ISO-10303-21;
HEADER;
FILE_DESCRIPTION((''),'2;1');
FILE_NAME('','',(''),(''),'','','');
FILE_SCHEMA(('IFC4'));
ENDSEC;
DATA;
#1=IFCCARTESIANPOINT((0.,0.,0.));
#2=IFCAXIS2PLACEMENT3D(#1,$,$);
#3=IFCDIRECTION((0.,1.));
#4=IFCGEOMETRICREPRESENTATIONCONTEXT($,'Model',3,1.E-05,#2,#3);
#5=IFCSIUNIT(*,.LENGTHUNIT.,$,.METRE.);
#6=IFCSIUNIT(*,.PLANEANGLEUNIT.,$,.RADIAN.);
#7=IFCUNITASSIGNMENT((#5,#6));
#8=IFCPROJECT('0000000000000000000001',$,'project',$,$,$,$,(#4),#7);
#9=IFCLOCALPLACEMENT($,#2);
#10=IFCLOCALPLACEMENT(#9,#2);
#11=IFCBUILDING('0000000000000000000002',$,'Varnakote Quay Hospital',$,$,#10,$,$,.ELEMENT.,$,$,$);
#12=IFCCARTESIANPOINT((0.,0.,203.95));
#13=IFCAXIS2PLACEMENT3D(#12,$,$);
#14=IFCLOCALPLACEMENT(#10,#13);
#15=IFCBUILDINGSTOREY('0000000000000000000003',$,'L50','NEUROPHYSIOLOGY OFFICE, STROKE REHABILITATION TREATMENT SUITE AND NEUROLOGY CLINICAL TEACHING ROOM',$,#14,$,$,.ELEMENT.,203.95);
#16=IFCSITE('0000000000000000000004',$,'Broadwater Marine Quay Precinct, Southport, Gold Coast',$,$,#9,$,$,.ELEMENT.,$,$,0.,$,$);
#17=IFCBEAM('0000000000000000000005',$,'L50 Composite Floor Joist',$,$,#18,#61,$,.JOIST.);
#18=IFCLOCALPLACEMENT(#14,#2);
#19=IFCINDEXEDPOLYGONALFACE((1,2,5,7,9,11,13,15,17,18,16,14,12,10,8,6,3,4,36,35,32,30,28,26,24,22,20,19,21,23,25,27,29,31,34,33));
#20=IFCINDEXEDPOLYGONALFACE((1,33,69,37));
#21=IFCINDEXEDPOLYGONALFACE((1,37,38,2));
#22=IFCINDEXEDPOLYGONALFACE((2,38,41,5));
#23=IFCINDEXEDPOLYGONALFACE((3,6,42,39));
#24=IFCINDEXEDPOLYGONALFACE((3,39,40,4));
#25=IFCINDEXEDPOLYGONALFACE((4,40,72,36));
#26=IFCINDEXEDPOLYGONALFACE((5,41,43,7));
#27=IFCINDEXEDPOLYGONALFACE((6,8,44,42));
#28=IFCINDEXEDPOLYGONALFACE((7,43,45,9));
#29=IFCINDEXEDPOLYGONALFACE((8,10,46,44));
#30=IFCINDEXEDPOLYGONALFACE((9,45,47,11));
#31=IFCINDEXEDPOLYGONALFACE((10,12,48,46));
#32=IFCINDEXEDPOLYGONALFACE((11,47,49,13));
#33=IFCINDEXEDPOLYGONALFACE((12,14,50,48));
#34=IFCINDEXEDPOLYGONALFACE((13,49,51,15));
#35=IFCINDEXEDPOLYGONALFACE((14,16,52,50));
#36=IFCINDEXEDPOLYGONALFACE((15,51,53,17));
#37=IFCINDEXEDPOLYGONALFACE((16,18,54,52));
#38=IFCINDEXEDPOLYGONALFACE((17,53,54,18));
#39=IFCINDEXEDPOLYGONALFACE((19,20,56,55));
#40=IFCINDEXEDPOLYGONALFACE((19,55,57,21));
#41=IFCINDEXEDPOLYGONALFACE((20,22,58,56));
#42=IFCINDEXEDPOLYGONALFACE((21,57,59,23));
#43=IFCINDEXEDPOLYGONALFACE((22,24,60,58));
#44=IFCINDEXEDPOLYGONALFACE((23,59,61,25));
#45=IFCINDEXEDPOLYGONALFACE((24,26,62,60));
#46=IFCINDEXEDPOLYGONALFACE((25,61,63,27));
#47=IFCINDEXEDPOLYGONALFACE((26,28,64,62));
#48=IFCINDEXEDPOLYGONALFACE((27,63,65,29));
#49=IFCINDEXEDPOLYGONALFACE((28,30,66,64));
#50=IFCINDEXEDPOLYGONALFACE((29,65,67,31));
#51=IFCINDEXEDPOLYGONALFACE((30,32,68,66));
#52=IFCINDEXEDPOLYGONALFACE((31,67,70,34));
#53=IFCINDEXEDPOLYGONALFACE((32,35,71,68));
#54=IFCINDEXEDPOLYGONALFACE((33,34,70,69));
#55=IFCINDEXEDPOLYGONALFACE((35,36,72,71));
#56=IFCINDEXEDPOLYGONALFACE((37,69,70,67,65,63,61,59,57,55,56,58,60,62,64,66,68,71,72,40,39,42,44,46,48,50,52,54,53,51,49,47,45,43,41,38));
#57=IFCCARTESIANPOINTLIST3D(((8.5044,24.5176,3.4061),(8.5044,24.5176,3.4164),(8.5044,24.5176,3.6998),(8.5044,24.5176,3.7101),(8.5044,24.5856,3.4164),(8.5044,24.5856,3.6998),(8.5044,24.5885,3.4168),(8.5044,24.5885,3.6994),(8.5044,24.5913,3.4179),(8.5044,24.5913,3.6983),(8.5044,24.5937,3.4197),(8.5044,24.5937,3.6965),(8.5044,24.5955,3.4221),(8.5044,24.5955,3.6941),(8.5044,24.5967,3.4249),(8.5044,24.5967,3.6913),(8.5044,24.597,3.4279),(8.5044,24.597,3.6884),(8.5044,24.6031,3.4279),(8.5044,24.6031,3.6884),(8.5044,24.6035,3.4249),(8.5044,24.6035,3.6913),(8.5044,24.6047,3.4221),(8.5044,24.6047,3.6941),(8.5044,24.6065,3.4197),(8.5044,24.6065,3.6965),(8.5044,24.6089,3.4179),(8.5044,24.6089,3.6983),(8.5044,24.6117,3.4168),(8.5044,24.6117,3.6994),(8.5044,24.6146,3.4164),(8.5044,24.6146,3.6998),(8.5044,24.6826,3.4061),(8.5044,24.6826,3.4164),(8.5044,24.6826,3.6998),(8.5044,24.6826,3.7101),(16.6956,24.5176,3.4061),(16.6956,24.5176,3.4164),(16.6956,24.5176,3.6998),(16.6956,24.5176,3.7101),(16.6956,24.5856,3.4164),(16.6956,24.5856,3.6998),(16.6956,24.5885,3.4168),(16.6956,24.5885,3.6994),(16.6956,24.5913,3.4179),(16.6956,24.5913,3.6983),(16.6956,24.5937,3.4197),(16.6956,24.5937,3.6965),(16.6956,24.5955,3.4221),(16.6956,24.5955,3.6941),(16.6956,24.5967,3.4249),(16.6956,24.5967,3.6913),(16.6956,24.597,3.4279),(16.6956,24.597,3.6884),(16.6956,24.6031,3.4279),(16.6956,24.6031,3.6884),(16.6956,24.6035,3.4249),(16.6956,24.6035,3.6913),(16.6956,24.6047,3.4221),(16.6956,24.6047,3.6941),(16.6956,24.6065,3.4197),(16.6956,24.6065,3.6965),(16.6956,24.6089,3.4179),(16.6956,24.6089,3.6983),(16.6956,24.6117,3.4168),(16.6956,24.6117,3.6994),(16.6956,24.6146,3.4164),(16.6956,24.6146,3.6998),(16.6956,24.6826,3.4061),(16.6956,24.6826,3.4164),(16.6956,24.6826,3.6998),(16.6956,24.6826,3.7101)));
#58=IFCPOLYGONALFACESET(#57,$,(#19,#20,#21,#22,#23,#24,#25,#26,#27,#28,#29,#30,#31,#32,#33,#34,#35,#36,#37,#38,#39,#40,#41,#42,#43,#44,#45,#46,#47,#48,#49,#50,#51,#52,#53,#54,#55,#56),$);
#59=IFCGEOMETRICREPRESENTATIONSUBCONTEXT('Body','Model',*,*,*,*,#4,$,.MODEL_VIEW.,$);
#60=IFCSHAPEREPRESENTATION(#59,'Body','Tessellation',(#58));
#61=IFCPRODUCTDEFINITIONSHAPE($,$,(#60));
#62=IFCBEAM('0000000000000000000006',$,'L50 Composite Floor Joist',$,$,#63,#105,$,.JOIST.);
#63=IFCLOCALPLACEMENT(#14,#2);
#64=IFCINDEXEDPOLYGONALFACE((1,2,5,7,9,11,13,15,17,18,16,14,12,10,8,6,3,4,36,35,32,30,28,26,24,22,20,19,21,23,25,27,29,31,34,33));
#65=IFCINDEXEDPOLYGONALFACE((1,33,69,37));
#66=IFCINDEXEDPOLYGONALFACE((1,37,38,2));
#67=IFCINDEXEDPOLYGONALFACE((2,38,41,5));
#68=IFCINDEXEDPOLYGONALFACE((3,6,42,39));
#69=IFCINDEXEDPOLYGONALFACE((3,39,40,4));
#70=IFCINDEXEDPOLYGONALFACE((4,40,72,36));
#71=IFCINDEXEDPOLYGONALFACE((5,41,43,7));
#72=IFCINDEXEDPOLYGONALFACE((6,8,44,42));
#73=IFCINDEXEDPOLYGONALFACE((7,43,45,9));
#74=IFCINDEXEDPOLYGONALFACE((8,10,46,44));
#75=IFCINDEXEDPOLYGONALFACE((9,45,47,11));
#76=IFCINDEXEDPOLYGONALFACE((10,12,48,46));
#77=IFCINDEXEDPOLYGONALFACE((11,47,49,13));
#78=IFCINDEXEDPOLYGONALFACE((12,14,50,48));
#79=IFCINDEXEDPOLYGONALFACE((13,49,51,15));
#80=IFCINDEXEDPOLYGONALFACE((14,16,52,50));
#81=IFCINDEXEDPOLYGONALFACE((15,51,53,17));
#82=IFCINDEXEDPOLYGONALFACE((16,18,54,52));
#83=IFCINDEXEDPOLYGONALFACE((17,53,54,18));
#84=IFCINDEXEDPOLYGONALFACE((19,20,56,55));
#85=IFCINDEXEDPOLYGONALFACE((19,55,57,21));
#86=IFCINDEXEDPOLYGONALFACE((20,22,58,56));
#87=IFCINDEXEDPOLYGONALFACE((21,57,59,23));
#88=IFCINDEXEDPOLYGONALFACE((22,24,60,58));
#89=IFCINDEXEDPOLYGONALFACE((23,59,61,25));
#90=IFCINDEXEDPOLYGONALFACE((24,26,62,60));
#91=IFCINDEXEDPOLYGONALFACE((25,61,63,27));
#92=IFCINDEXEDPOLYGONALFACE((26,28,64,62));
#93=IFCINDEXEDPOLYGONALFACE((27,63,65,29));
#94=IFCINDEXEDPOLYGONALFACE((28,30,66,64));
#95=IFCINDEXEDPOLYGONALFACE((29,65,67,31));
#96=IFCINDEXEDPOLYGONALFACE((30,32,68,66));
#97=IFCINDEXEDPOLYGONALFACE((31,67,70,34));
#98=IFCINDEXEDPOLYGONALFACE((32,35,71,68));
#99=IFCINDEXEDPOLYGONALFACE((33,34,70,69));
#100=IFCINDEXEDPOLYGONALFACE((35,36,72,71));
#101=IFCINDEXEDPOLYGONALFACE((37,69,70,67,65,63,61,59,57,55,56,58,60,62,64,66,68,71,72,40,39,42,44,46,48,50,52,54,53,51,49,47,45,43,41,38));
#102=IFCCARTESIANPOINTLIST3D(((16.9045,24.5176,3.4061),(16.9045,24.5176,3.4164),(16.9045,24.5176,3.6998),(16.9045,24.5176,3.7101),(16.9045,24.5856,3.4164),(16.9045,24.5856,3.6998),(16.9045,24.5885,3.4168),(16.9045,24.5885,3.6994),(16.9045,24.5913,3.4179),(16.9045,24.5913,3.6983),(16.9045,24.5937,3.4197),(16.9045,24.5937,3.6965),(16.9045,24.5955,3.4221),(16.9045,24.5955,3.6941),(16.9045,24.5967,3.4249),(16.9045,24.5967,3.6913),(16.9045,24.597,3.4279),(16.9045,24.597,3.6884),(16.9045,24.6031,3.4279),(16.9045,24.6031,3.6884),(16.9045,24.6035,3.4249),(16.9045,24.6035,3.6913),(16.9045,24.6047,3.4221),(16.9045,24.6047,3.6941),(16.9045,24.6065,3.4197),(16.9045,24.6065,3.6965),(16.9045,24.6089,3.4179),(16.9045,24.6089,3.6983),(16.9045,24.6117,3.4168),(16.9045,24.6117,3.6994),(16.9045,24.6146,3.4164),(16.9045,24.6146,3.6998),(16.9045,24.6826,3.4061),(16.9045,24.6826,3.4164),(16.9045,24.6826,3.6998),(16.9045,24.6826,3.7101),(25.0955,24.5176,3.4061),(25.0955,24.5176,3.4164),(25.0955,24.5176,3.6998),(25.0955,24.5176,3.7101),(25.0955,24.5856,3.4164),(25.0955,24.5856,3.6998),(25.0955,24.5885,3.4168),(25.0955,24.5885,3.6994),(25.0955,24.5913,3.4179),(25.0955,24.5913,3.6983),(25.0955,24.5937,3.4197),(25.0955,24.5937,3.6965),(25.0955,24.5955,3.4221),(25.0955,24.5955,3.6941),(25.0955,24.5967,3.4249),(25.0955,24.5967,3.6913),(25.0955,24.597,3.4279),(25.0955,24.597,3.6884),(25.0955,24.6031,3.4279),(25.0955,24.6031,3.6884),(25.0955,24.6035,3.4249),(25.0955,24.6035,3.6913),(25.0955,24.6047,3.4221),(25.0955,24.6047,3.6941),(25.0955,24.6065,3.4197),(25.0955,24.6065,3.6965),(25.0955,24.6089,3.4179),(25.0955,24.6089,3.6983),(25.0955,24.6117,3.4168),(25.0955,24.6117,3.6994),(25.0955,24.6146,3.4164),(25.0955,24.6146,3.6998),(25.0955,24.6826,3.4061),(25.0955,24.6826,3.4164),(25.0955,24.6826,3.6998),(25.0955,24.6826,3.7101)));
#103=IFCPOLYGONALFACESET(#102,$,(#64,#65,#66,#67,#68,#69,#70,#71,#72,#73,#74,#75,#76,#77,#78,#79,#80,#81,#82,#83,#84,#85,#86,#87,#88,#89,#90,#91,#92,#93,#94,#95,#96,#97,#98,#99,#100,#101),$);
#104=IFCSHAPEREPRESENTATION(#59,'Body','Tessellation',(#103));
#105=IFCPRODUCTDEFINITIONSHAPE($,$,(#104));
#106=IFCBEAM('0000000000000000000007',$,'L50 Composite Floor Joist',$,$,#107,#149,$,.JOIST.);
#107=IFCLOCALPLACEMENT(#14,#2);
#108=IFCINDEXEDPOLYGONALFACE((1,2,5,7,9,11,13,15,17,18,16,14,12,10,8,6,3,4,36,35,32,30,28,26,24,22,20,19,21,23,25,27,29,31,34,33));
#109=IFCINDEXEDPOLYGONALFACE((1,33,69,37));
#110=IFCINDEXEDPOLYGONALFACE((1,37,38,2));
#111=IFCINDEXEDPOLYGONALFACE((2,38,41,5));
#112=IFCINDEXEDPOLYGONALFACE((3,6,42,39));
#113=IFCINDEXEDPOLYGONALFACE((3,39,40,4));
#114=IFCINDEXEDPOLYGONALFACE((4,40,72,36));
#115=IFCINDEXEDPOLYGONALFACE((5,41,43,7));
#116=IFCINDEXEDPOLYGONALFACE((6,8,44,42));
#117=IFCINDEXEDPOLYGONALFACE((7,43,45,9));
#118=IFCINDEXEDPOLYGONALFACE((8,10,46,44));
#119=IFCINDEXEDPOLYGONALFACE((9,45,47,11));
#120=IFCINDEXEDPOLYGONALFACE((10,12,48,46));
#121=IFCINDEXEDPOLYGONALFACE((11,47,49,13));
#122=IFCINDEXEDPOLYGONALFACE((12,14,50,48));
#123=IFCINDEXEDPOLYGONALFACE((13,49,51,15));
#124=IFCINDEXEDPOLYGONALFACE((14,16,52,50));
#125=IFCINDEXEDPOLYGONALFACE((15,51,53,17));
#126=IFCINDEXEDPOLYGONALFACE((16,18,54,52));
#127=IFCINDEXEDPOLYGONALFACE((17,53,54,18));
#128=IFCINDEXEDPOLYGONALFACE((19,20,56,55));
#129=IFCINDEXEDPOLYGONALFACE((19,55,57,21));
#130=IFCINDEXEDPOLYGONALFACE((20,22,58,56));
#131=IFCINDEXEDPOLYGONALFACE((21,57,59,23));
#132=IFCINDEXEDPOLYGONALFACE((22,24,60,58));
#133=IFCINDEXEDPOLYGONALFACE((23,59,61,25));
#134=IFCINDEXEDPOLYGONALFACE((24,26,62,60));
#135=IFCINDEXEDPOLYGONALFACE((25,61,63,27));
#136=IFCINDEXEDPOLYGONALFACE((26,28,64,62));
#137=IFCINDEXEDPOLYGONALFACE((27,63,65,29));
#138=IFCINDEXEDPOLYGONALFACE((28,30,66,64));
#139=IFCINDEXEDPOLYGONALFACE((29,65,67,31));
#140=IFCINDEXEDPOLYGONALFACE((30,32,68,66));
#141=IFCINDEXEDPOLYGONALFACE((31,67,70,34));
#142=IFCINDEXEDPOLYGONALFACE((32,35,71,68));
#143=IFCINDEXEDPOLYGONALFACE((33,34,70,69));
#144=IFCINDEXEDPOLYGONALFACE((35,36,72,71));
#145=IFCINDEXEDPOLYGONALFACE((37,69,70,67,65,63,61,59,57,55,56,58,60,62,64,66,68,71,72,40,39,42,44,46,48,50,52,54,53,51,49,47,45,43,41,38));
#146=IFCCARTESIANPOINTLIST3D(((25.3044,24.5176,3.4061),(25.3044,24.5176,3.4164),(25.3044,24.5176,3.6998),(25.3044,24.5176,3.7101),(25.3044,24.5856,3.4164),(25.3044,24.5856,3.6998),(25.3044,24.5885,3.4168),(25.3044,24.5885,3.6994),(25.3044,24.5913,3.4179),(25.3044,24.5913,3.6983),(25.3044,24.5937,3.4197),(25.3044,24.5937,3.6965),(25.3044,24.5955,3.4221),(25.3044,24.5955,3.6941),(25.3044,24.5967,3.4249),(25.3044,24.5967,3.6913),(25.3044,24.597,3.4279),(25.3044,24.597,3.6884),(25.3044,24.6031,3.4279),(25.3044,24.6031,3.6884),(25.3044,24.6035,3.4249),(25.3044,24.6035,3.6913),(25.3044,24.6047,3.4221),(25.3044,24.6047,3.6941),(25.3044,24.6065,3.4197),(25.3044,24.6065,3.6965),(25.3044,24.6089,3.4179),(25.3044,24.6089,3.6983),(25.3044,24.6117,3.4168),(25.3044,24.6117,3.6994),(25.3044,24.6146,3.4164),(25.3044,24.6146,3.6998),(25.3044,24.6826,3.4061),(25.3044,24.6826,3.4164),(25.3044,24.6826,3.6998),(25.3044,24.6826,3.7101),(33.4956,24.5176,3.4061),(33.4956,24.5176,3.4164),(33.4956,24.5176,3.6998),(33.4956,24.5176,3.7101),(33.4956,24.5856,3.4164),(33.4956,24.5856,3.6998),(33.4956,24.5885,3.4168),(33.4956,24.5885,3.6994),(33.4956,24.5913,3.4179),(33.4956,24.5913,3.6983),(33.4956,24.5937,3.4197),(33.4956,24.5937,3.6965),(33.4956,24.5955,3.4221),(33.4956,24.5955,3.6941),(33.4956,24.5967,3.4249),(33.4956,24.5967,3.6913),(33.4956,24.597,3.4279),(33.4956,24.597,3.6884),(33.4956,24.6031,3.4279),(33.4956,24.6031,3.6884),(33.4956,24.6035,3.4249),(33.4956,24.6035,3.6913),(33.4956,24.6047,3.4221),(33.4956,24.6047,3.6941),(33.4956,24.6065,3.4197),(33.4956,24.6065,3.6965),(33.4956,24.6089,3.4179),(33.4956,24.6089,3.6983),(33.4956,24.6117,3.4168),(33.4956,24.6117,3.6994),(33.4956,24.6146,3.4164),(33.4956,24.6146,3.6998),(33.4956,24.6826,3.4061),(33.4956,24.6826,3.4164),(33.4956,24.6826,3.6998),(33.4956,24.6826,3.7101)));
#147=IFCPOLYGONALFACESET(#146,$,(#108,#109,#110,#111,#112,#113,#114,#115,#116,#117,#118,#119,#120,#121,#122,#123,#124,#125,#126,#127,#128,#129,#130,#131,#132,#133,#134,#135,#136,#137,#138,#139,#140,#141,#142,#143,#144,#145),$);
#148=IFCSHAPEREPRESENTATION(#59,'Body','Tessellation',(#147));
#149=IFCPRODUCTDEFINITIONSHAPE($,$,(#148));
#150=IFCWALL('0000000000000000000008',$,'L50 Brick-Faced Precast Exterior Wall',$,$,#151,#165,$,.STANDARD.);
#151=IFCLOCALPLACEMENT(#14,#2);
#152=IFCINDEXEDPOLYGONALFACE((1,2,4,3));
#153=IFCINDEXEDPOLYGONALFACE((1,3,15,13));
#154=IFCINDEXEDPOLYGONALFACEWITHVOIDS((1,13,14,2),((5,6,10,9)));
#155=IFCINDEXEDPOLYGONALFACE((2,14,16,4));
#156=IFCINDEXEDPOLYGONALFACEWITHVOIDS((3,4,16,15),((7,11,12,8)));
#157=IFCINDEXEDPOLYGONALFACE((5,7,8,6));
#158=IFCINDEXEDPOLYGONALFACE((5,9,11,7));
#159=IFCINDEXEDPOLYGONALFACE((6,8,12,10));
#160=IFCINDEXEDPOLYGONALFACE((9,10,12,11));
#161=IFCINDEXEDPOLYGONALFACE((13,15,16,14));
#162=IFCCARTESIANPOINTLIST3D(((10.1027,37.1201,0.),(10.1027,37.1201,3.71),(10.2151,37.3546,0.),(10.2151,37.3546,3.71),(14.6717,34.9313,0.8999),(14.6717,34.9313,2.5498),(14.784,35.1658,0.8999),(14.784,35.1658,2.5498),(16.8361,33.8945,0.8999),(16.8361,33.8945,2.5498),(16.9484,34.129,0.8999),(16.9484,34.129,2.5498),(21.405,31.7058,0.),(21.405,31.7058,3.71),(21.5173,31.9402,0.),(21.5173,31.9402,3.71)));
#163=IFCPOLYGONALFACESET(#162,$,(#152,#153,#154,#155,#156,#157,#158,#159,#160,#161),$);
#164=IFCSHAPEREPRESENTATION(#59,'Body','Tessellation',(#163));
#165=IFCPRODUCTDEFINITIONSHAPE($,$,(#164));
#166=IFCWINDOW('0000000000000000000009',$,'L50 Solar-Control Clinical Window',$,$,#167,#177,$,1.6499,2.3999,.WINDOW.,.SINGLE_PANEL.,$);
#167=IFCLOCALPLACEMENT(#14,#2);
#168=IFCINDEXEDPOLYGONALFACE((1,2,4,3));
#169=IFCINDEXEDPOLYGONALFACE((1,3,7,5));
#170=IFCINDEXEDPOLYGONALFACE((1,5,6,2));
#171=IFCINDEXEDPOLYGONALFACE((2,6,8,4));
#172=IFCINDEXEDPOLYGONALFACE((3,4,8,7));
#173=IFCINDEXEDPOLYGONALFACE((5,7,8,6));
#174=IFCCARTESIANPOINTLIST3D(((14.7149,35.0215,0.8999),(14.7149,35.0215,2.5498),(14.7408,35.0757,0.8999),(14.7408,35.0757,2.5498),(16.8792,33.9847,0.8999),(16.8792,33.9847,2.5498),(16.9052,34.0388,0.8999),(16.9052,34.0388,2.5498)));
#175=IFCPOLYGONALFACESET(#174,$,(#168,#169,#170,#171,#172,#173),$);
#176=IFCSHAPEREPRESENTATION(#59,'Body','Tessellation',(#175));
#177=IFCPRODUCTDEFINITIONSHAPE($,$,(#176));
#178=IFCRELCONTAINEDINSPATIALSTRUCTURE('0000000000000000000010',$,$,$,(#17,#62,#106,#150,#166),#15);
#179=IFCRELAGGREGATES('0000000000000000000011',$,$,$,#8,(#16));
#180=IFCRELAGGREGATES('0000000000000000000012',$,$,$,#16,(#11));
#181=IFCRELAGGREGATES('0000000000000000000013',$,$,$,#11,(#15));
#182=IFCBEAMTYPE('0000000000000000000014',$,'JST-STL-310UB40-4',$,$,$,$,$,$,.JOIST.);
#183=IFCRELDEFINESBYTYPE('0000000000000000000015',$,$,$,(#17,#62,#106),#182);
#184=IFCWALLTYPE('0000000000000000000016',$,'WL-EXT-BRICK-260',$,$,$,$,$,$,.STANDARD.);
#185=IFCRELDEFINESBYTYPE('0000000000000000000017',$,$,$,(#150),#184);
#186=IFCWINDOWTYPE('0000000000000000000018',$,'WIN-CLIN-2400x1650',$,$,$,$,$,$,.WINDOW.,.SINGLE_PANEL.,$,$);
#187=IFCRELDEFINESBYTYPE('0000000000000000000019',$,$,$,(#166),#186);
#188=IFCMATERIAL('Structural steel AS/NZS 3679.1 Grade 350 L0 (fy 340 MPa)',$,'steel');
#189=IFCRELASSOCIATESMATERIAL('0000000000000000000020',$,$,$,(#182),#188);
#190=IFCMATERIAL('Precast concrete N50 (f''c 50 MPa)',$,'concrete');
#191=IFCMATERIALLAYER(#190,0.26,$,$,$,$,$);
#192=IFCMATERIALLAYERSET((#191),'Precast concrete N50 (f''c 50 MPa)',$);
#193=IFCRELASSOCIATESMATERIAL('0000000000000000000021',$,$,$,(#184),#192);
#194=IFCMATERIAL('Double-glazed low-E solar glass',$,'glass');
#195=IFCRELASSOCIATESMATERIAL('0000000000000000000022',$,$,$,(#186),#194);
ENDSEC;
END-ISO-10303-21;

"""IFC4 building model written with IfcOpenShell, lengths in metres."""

from ifc_helpers import new_model, si_unit, direction, frame, frame_2d, origin, origin_2d, place, context, subcontext, project, spatial, rectangle, i_section, extrude, material, layer, layer_set, material_profile, profile_set, type_object, element, fill, save


model = new_model("IFC4")

# Units and contexts
model_context = context("Model", 3, precision=1e-05, world=origin(), true_north=direction((0.0, 1.0)))
body_context = subcontext(model_context, "Body", "Model", "MODEL_VIEW")
ifc_project = project(units=[si_unit("LENGTHUNIT", "METRE"), si_unit("PLANEANGLEUNIT", "RADIAN")], contexts=[model_context])

# Site, building, storey
site_placement = place(None, origin())
site = spatial("IfcSite", under=ifc_project, at=site_placement, Name="Broadwater Marine Quay Precinct, Southport, Gold Coast", CompositionType="ELEMENT", RefElevation=0.0)
building_placement = place(site_placement, origin())
building = spatial("IfcBuilding", under=site, at=building_placement, Name="Varnakote Quay Hospital", CompositionType="ELEMENT")
storey_placement = place(building_placement, frame((0.0, 0.0, 203.95)))
storey = spatial("IfcBuildingStorey", under=building, at=storey_placement, Name="L50", Description="NEUROPHYSIOLOGY OFFICE, STROKE REHABILITATION TREATMENT SUITE AND NEUROLOGY CLINICAL TEACHING ROOM", CompositionType="ELEMENT", Elevation=203.95)

# Beams
ifc_material_1 = material(Name="Structural steel AS/NZS 3679.1 Grade 350 L0 (fy 340 MPa)", Category="steel")
ifc_material_profile_1 = material_profile(ifc_material_1, i_section(OverallWidth=0.165, OverallDepth=0.304, WebThickness=0.0061, FlangeThickness=0.0103, FilletRadius=0.0115, at=origin_2d()), Name="310UB40.4")
ifc_profile_set_1 = profile_set([ifc_material_profile_1], Name="Structural steel AS/NZS 3679.1 Grade 350 L0 (fy 340 MPa)")
beam_type_1 = type_object("IfcBeamType", Name="JST-STL-310UB40-4", PredefinedType="JOIST", material=ifc_profile_set_1)
beam_1_placement = place(storey_placement, frame((8.5044, 24.6001, 3.5581), z_axis=(1.0, 0.0, 0.0), x_axis=(0.0, 1.0, 0.0)))
element("IfcBeam", 1, at=beam_1_placement, inside=storey, type_object=beam_type_1, Name="L50 Composite Floor Joist", PredefinedType="JOIST", context=body_context, shape_type="SweptSolid", body=[
    extrude(i_section(OverallWidth=0.165, OverallDepth=0.304, WebThickness=0.0061, FlangeThickness=0.0103, FilletRadius=0.0115, at=origin_2d()), origin(), (0.0, 0.0, 1.0), 8.1912),
])
beam_2_placement = place(storey_placement, frame((16.9045, 24.6001, 3.5581), z_axis=(1.0, 0.0, 0.0), x_axis=(0.0, 1.0, 0.0)))
element("IfcBeam", 2, at=beam_2_placement, inside=storey, type_object=beam_type_1, Name="L50 Composite Floor Joist", PredefinedType="JOIST", context=body_context, shape_type="SweptSolid", body=[
    extrude(i_section(OverallWidth=0.165, OverallDepth=0.304, WebThickness=0.0061, FlangeThickness=0.0103, FilletRadius=0.0115, at=origin_2d()), origin(), (0.0, 0.0, 1.0), 8.1909),
])
beam_3_placement = place(storey_placement, frame((25.3044, 24.6001, 3.5581), z_axis=(1.0, 0.0, 0.0), x_axis=(0.0, 1.0, 0.0)))
element("IfcBeam", 3, at=beam_3_placement, inside=storey, type_object=beam_type_1, Name="L50 Composite Floor Joist", PredefinedType="JOIST", context=body_context, shape_type="SweptSolid", body=[
    extrude(i_section(OverallWidth=0.165, OverallDepth=0.304, WebThickness=0.0061, FlangeThickness=0.0103, FilletRadius=0.0115, at=origin_2d()), origin(), (0.0, 0.0, 1.0), 8.1912),
])

# Wall, opening, window
ifc_material_2 = material(Name="Precast concrete N50 (f'c 50 MPa)", Category="concrete")
ifc_layer_1 = layer(ifc_material_2, 0.26)
ifc_layer_set_1 = layer_set([ifc_layer_1], Name="Precast concrete N50 (f'c 50 MPa)")
wall_type_1 = type_object("IfcWallType", Name="WL-EXT-BRICK-260", PredefinedType="STANDARD", material=ifc_layer_set_1)
wall_1_placement = place(storey_placement, frame((21.4612, 31.823, 0.0), z_axis=(0.0, 0.0, 1.0), x_axis=(-0.901858, 0.432032, 0.0)))
wall_1 = element("IfcWall", 4, at=wall_1_placement, inside=storey, type_object=wall_type_1, Name="L50 Brick-Faced Precast Exterior Wall", PredefinedType="STANDARD", context=body_context, shape_type="SweptSolid", body=[
    extrude(rectangle(XDim=12.5322, YDim=0.26, at=frame_2d((6.2661, 0.0))), origin(), (0.0, 0.0, 1.0), 3.71),
])
opening_1_placement = place(wall_1_placement, frame((5.0662, 0.0, 0.8999)))
opening_1 = element("IfcOpeningElement", 5, at=opening_1_placement, cuts=wall_1, PredefinedType="OPENING", context=body_context, shape_type="SweptSolid", body=[
    extrude(rectangle(XDim=2.3999, YDim=1.6499, at=frame_2d((1.2, 0.825))), frame((0.0, 0.1399, 0.0), z_axis=(0.0, -1.0, 0.0), x_axis=(1.0, 0.0, 0.0)), (0.0, 0.0, 1.0), 0.28),
])
ifc_material_3 = material(Name="Double-glazed low-E solar glass", Category="glass")
window_type = type_object("IfcWindowType", Name="WIN-CLIN-2400x1650", PartitioningType="SINGLE_PANEL", PredefinedType="WINDOW", material=ifc_material_3)
window_1_placement = place(opening_1_placement, origin())
window_1 = element("IfcWindow", 6, at=window_1_placement, inside=storey, type_object=window_type, Name="L50 Solar-Control Clinical Window", OverallHeight=1.6499, OverallWidth=2.3999, PartitioningType="SINGLE_PANEL", PredefinedType="WINDOW", context=body_context, shape_type="SweptSolid", body=[
    extrude(rectangle(XDim=2.3999, YDim=1.6499, at=frame_2d((1.2, 0.825))), frame((0.0, 0.03, 0.0), z_axis=(0.0, -1.0, 0.0), x_axis=(1.0, 0.0, 0.0)), (0.0, 0.0, 1.0), 0.0601),
])
fill(opening_1, window_1)

save(model, "model.ifc")
